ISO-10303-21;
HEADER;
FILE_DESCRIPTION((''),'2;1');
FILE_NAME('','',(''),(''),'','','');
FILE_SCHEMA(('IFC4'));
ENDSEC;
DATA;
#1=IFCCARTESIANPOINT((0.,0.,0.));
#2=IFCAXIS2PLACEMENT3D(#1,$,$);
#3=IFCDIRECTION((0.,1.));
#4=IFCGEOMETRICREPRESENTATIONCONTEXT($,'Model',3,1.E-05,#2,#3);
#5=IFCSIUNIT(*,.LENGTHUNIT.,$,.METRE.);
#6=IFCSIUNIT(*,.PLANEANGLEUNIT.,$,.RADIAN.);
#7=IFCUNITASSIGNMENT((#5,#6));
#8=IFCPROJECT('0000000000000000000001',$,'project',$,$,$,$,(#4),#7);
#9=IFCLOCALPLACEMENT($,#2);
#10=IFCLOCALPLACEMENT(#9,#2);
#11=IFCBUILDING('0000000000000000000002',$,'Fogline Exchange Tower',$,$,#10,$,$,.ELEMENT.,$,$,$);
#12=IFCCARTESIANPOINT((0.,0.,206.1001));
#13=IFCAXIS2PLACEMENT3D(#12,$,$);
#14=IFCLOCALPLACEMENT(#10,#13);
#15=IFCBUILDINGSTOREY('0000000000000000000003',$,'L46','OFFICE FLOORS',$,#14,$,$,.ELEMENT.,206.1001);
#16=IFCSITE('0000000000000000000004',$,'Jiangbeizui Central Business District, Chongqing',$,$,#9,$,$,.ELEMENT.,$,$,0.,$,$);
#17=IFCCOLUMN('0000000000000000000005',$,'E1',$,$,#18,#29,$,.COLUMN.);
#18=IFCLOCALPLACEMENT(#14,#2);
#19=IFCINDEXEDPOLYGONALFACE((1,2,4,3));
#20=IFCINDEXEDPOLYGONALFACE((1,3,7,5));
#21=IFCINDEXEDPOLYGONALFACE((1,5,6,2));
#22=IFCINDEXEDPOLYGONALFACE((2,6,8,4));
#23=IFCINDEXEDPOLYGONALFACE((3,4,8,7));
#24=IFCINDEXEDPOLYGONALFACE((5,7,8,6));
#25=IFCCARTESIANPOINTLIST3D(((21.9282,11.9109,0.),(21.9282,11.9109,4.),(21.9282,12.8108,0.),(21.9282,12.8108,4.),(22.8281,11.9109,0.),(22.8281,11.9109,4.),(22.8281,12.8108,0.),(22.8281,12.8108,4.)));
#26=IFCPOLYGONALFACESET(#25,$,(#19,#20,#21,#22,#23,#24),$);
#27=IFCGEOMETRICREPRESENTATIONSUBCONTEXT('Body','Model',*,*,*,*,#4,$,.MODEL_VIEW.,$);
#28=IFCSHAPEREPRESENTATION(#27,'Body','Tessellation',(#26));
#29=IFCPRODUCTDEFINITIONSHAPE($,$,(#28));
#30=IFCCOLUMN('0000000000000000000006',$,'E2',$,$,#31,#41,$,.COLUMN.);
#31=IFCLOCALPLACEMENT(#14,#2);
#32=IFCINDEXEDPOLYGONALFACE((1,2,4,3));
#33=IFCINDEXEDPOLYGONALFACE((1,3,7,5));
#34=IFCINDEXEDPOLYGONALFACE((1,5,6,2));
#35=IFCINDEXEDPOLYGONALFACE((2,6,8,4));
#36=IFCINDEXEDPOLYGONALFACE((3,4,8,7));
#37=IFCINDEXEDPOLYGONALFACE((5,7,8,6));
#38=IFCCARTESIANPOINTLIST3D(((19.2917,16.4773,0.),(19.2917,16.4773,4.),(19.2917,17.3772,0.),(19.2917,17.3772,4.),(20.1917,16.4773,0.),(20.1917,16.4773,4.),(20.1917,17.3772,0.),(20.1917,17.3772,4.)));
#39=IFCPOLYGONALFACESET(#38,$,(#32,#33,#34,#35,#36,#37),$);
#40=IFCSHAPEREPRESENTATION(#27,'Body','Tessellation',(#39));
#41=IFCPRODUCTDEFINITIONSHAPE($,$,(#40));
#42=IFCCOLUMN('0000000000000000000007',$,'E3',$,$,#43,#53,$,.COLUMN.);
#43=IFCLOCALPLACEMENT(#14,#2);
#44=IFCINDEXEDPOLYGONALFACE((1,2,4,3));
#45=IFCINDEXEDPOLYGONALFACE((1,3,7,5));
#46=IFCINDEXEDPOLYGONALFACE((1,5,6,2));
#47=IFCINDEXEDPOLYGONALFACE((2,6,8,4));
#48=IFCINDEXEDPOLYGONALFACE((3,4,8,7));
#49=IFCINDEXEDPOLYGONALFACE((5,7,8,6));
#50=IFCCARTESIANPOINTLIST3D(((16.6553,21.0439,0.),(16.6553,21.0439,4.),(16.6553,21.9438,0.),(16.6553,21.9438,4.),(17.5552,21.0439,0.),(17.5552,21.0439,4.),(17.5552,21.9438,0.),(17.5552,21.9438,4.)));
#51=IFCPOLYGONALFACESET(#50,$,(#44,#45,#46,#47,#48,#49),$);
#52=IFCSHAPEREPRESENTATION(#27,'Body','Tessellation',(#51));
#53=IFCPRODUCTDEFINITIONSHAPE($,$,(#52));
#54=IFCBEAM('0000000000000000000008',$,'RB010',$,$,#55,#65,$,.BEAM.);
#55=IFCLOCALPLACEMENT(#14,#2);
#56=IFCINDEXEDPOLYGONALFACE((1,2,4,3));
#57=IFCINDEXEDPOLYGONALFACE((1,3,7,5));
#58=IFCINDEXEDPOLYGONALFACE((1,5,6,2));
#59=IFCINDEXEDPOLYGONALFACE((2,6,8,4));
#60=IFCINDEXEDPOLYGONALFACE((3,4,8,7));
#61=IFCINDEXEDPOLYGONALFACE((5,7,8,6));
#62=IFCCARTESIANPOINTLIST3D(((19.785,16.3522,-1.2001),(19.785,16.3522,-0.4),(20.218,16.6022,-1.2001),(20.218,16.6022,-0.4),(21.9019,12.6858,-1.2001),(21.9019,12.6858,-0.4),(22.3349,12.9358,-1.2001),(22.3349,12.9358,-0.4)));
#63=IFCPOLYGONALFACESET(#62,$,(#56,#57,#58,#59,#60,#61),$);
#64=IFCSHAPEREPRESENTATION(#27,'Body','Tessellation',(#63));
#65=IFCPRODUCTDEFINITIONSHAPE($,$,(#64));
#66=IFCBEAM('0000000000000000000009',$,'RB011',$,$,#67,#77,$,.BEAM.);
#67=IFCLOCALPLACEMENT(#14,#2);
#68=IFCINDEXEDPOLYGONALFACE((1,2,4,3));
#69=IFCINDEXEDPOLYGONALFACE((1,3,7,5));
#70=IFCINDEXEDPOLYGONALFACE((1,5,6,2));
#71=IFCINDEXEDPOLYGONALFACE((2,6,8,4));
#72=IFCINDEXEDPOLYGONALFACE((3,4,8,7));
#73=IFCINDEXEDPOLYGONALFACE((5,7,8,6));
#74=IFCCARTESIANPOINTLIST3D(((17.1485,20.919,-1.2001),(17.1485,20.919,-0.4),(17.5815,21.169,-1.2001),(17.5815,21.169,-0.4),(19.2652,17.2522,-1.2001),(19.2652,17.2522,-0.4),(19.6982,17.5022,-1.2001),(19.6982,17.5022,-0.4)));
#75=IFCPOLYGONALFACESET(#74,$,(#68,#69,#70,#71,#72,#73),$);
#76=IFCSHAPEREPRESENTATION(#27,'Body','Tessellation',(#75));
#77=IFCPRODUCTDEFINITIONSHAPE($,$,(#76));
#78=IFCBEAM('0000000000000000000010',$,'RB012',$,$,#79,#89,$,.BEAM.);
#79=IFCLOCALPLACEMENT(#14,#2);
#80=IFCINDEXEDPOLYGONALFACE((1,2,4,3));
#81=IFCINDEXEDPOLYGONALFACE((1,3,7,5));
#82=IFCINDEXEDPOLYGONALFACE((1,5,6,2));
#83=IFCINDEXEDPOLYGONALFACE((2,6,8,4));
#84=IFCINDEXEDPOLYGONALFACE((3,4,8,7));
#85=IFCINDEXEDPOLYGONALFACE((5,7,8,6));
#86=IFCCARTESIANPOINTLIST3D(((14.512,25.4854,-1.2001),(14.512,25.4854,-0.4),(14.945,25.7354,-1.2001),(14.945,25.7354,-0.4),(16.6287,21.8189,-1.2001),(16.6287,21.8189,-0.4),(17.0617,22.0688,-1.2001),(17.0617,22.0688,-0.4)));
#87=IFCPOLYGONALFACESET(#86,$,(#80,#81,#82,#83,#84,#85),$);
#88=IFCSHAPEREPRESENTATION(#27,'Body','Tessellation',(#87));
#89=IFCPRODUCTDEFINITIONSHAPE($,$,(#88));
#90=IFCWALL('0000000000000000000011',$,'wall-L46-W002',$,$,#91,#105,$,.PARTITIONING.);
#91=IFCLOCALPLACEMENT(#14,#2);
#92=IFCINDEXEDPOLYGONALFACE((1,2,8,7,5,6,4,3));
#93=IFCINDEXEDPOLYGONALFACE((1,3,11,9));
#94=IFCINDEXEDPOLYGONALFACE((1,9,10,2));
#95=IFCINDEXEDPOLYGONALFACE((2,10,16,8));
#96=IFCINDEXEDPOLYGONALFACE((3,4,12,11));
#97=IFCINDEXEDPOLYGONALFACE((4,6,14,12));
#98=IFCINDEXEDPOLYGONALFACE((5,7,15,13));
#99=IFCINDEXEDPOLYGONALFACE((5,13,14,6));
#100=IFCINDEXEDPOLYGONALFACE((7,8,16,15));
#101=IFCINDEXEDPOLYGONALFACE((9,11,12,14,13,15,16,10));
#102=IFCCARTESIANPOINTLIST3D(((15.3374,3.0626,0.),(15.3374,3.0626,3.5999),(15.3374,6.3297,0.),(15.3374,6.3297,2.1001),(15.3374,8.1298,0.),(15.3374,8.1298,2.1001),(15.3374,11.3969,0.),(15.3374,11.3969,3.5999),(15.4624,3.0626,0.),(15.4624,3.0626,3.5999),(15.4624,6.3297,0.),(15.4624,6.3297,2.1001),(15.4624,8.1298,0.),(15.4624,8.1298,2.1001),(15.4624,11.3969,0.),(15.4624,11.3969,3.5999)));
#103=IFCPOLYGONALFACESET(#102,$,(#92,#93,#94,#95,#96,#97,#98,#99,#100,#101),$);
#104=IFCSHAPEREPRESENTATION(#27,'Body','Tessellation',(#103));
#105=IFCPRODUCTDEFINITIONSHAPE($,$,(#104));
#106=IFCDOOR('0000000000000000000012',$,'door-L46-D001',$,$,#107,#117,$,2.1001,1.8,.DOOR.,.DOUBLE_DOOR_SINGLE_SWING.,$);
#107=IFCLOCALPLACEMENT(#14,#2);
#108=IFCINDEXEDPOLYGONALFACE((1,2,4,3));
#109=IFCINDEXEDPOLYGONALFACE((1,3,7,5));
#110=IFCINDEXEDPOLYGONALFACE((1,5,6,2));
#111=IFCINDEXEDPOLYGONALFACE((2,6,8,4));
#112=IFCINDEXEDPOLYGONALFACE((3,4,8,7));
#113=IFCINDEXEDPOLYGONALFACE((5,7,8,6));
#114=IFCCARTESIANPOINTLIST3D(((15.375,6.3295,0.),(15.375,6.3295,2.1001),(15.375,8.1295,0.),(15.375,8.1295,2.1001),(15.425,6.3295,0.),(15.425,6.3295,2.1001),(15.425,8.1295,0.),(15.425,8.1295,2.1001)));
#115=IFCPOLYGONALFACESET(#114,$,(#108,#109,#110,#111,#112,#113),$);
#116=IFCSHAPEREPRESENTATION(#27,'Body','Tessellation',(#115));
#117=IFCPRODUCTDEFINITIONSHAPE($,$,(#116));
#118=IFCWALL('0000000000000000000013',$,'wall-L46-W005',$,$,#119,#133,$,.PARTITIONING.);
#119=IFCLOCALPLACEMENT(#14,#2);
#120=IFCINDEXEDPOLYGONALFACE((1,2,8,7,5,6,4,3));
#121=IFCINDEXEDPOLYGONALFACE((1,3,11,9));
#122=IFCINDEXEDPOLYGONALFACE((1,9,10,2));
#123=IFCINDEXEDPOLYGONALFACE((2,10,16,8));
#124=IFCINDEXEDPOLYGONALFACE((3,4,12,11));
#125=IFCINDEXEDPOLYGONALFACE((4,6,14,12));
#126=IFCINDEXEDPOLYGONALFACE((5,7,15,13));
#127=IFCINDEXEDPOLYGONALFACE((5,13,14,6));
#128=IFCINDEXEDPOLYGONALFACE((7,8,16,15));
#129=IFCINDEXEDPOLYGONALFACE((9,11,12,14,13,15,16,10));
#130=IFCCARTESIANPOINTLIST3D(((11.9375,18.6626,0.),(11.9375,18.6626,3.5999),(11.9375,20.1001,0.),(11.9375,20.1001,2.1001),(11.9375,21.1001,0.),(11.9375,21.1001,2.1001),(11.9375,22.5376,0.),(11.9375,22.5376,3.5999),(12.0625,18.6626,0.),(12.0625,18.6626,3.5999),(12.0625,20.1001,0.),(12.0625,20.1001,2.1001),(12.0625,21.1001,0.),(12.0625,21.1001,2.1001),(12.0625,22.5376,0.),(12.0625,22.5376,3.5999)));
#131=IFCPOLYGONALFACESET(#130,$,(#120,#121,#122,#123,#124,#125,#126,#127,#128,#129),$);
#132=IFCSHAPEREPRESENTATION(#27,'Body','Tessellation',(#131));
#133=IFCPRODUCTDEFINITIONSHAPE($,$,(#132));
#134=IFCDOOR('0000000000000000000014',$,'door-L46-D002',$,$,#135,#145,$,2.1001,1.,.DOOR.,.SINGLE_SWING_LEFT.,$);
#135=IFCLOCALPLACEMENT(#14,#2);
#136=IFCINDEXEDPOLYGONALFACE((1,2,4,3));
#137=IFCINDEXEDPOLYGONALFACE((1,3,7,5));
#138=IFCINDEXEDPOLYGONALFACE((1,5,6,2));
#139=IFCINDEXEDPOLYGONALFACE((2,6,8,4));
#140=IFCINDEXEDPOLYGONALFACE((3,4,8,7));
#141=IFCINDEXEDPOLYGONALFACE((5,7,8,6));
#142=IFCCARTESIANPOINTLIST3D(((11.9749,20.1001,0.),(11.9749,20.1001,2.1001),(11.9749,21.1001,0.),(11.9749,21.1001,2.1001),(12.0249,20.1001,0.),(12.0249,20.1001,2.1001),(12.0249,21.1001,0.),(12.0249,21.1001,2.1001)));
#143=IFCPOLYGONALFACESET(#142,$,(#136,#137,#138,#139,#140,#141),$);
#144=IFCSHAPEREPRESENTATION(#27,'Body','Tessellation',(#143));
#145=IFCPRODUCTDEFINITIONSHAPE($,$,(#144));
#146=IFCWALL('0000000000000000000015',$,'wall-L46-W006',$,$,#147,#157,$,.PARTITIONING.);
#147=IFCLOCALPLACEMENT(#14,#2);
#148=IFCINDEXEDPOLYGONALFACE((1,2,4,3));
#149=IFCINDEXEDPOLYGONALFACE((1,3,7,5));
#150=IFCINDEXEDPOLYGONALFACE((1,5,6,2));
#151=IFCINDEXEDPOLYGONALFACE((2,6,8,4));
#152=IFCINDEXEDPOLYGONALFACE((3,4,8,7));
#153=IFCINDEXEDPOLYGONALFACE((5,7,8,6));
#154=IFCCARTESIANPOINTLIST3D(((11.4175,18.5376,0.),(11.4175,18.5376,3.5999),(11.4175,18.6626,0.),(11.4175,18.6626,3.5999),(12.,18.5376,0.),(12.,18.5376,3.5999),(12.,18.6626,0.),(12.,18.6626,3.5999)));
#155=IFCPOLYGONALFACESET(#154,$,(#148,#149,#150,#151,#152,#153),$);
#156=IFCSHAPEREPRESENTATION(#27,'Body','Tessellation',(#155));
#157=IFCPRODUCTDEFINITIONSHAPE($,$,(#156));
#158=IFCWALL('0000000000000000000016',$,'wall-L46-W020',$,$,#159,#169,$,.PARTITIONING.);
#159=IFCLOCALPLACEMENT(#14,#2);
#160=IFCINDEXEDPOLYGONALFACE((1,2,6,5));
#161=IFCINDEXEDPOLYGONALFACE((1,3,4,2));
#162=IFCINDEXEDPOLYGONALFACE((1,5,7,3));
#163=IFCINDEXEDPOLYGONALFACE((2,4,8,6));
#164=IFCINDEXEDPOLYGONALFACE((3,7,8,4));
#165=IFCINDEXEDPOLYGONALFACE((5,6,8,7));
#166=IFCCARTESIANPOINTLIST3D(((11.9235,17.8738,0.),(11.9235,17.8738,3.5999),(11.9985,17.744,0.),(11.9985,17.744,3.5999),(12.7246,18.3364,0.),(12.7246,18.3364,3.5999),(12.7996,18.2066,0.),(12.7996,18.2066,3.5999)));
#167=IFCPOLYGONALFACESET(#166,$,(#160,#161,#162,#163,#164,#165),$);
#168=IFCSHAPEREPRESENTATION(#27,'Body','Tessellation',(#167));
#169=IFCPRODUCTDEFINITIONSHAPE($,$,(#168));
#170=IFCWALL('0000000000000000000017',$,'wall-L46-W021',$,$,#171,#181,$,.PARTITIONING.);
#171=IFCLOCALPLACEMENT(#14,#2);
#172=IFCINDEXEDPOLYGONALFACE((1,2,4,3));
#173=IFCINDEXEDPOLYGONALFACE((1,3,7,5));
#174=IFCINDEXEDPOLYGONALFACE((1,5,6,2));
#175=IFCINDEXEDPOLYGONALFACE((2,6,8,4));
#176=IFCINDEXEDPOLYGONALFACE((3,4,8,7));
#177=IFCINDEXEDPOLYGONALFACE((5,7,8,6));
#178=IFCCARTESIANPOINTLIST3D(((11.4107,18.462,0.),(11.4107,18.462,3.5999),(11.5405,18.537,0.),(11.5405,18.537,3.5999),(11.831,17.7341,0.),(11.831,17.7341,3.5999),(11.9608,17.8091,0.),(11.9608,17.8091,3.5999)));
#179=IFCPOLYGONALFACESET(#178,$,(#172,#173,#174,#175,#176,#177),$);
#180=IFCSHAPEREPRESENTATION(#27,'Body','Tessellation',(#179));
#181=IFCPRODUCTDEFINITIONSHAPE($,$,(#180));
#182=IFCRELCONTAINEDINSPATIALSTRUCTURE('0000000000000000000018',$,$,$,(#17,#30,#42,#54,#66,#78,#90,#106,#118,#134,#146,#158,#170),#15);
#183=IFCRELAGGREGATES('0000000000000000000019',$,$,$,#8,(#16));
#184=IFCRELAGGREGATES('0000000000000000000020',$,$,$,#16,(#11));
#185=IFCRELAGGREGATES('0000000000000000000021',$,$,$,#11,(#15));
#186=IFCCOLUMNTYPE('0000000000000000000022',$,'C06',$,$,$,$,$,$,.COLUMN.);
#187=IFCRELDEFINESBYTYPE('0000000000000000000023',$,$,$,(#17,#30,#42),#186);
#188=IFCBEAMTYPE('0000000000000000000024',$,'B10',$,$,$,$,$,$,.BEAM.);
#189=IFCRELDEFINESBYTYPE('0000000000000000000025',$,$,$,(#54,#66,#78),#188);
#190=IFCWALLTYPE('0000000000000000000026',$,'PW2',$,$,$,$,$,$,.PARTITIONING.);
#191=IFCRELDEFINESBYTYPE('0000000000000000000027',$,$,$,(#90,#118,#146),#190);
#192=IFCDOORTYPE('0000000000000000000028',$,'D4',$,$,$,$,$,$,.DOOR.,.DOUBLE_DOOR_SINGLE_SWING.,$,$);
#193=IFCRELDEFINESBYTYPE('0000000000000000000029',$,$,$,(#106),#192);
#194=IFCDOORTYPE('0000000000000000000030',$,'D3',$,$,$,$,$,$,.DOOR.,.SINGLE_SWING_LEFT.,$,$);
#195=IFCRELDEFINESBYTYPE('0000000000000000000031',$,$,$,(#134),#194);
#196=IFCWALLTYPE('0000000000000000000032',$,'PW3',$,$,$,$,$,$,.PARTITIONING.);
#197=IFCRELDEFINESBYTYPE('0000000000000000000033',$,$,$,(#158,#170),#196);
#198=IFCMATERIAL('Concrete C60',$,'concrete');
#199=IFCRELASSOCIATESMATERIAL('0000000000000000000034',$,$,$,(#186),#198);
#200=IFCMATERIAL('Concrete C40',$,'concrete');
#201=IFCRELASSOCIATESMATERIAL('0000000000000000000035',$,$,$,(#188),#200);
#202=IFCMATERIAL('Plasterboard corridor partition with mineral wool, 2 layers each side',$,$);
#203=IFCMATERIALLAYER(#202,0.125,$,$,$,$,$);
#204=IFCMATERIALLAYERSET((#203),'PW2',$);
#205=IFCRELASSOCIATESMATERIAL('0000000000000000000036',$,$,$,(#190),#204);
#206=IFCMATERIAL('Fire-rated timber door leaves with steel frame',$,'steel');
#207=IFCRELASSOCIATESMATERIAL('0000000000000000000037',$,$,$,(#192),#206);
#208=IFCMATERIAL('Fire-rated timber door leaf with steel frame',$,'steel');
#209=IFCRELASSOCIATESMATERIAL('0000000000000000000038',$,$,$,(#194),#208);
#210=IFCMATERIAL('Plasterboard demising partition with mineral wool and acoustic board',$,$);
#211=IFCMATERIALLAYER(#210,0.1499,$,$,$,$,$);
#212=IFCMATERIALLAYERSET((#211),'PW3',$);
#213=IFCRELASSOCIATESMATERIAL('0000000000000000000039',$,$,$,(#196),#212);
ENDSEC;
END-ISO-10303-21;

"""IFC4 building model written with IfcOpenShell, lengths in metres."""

from ifc_helpers import new_model, si_unit, direction, frame, frame_2d, origin, origin_2d, place, context, subcontext, project, spatial, rectangle, extrude, material, layer, layer_set, material_profile, profile_set, type_object, element, fill, save


model = new_model("IFC4")

# Units and contexts
model_context = context("Model", 3, precision=1e-05, world=origin(), true_north=direction((0.0, 1.0)))
body_context = subcontext(model_context, "Body", "Model", "MODEL_VIEW")
ifc_project = project(units=[si_unit("LENGTHUNIT", "METRE"), si_unit("PLANEANGLEUNIT", "RADIAN")], contexts=[model_context])

# Site, building, storey
site_placement = place(None, origin())
site = spatial("IfcSite", under=ifc_project, at=site_placement, Name="Jiangbeizui Central Business District, Chongqing", CompositionType="ELEMENT", RefElevation=0.0)
building_placement = place(site_placement, origin())
building = spatial("IfcBuilding", under=site, at=building_placement, Name="Fogline Exchange Tower", CompositionType="ELEMENT")
storey_placement = place(building_placement, frame((0.0, 0.0, 206.1001)))
storey = spatial("IfcBuildingStorey", under=building, at=storey_placement, Name="L46", Description="OFFICE FLOORS", CompositionType="ELEMENT", Elevation=206.1001)

# Columns
ifc_material_1 = material(Name="Concrete C60", Category="concrete")
ifc_material_profile_1 = material_profile(ifc_material_1, rectangle(XDim=0.8999, YDim=0.8999, at=origin_2d()), Name="RC 900x900")
ifc_profile_set_1 = profile_set([ifc_material_profile_1], Name="Concrete C60")
column_type = type_object("IfcColumnType", Name="C06", PredefinedType="COLUMN", material=ifc_profile_set_1)
for number, where, z_axis, x_axis, name in (
    (1, (22.3782, 12.3608, 0.0), (0.0, 0.0, 1.0), (1.0, 0.0, 0.0), "E1"),
    (2, (19.7417, 16.9272, 0.0), (0.0, 0.0, 1.0), (1.0, 0.0, 0.0), "E2"),
    (3, (17.1052, 21.4939, 0.0), (0.0, 0.0, 1.0), (1.0, 0.0, 0.0), "E3"),
):
    element("IfcColumn", number, at=place(storey_placement, frame(where, z_axis=z_axis, x_axis=x_axis)), inside=storey, type_object=column_type, Name=name, PredefinedType="COLUMN", context=body_context, shape_type="SweptSolid", body=[
        extrude(rectangle(XDim=0.8999, YDim=0.8999, at=origin_2d()), origin(), (0.0, 0.0, 1.0), 4.0),
    ])

# Beams
ifc_material_2 = material(Name="Concrete C40", Category="concrete")
ifc_material_profile_2 = material_profile(ifc_material_2, rectangle(XDim=0.5, YDim=0.8, at=origin_2d()), Name="RC 500x800")
ifc_profile_set_2 = profile_set([ifc_material_profile_2], Name="Concrete C40")
beam_type = type_object("IfcBeamType", Name="B10", PredefinedType="BEAM", material=ifc_profile_set_2)
beam_1_placement = place(storey_placement, frame((22.1184, 12.8108, -0.8), z_axis=(-0.500015, 0.866017, 0.0), x_axis=(-0.866017, -0.500015, 0.0)))
element("IfcBeam", 4, at=beam_1_placement, inside=storey, type_object=beam_type, Name="RB010", PredefinedType="BEAM", context=body_context, shape_type="SweptSolid", body=[
    extrude(rectangle(XDim=0.5, YDim=0.8, at=origin_2d()), origin(), (0.0, 0.0, 1.0), 4.2336),
])
beam_2_placement = place(storey_placement, frame((19.4817, 17.3772, -0.8), z_axis=(-0.499947, 0.866056, 0.0), x_axis=(-0.866056, -0.499947, 0.0)))
element("IfcBeam", 5, at=beam_2_placement, inside=storey, type_object=beam_type, Name="RB011", PredefinedType="BEAM", context=body_context, shape_type="SweptSolid", body=[
    extrude(rectangle(XDim=0.5, YDim=0.8, at=origin_2d()), origin(), (0.0, 0.0, 1.0), 4.2339),
])
beam_3_placement = place(storey_placement, frame((16.8452, 21.9438, -0.8), z_axis=(-0.499972, 0.866042, 0.0), x_axis=(-0.866042, -0.499972, 0.0)))
element("IfcBeam", 6, at=beam_3_placement, inside=storey, type_object=beam_type, Name="RB012", PredefinedType="BEAM", context=body_context, shape_type="SweptSolid", body=[
    extrude(rectangle(XDim=0.5, YDim=0.8, at=origin_2d()), origin(), (0.0, 0.0, 1.0), 4.2336),
])

# Walls, openings, doors
ifc_material_3 = material(Name="Plasterboard corridor partition with mineral wool, 2 layers each side")
ifc_layer_1 = layer(ifc_material_3, 0.125)
ifc_layer_set_1 = layer_set([ifc_layer_1], Name="PW2")
wall_type_1 = type_object("IfcWallType", Name="PW2", PredefinedType="PARTITIONING", material=ifc_layer_set_1)
wall_1_placement = place(storey_placement, frame((15.3999, 11.3967, 0.0), z_axis=(0.0, 0.0, 1.0), x_axis=(0.0, -1.0, 0.0)))
wall_1 = element("IfcWall", 7, at=wall_1_placement, inside=storey, type_object=wall_type_1, Name="wall-L46-W002", PredefinedType="PARTITIONING", context=body_context, shape_type="SweptSolid", body=[
    extrude(rectangle(XDim=8.3342, YDim=0.125, at=frame_2d((4.167, 0.0))), origin(), (0.0, 0.0, 1.0), 3.5999),
])
opening_1_placement = place(wall_1_placement, frame((3.2671, 0.0, 0.0)))
opening_1 = element("IfcOpeningElement", 8, at=opening_1_placement, cuts=wall_1, PredefinedType="OPENING", context=body_context, shape_type="SweptSolid", body=[
    extrude(rectangle(XDim=1.8, YDim=2.1001, at=frame_2d((0.8999, 1.05))), frame((0.0, 0.0725, 0.0), z_axis=(0.0, -1.0, 0.0), x_axis=(1.0, 0.0, 0.0)), (0.0, 0.0, 1.0), 0.145),
])
ifc_material_4 = material(Name="Fire-rated timber door leaves with steel frame", Category="steel")
door_type_1 = type_object("IfcDoorType", Name="D4", OperationType="DOUBLE_DOOR_SINGLE_SWING", PredefinedType="DOOR", material=ifc_material_4)
door_1_placement = place(opening_1_placement, frame((1.8, 0.0, 0.0), z_axis=(0.0, 0.0, 1.0), x_axis=(-1.0, 0.0, 0.0)))
door_1 = element("IfcDoor", 9, at=door_1_placement, inside=storey, type_object=door_type_1, Name="door-L46-D001", OperationType="DOUBLE_DOOR_SINGLE_SWING", OverallHeight=2.1001, OverallWidth=1.8, PredefinedType="DOOR", context=body_context, shape_type="SweptSolid", body=[
    extrude(rectangle(XDim=1.8, YDim=2.1001, at=frame_2d((0.8999, 1.05))), frame((0.0, 0.0249, 0.0), z_axis=(0.0, -1.0, 0.0), x_axis=(1.0, 0.0, 0.0)), (0.0, 0.0, 1.0), 0.05),
])
fill(opening_1, door_1)
wall_2_placement = place(storey_placement, frame((12.0, 22.5376, 0.0), z_axis=(0.0, 0.0, 1.0), x_axis=(0.0, -1.0, 0.0)))
wall_2 = element("IfcWall", 10, at=wall_2_placement, inside=storey, type_object=wall_type_1, Name="wall-L46-W005", PredefinedType="PARTITIONING", context=body_context, shape_type="SweptSolid", body=[
    extrude(rectangle(XDim=3.875, YDim=0.125, at=frame_2d((1.9375, 0.0))), origin(), (0.0, 0.0, 1.0), 3.5999),
])
opening_2_placement = place(wall_2_placement, frame((1.4375, 0.0, 0.0)))
opening_2 = element("IfcOpeningElement", 11, at=opening_2_placement, cuts=wall_2, PredefinedType="OPENING", context=body_context, shape_type="SweptSolid", body=[
    extrude(rectangle(XDim=1.0, YDim=2.1001, at=frame_2d((0.5, 1.05))), frame((0.0, 0.0725, 0.0), z_axis=(0.0, -1.0, 0.0), x_axis=(1.0, 0.0, 0.0)), (0.0, 0.0, 1.0), 0.145),
])
ifc_material_5 = material(Name="Fire-rated timber door leaf with steel frame", Category="steel")
door_type_2 = type_object("IfcDoorType", Name="D3", OperationType="SINGLE_SWING_LEFT", PredefinedType="DOOR", material=ifc_material_5)
door_2_placement = place(opening_2_placement, origin())
door_2 = element("IfcDoor", 12, at=door_2_placement, inside=storey, type_object=door_type_2, Name="door-L46-D002", OperationType="SINGLE_SWING_LEFT", OverallHeight=2.1001, OverallWidth=1.0, PredefinedType="DOOR", context=body_context, shape_type="SweptSolid", body=[
    extrude(rectangle(XDim=1.0, YDim=2.1001, at=frame_2d((0.5, 1.05))), frame((0.0, 0.0249, 0.0), z_axis=(0.0, -1.0, 0.0), x_axis=(1.0, 0.0, 0.0)), (0.0, 0.0, 1.0), 0.05),
])
fill(opening_2, door_2)

# Walls
wall_3_placement = place(storey_placement, frame((12.0, 18.6001, 0.0), z_axis=(0.0, 0.0, 1.0), x_axis=(-1.0, 0.0, 0.0)))
element("IfcWall", 13, at=wall_3_placement, inside=storey, type_object=wall_type_1, Name="wall-L46-W006", PredefinedType="PARTITIONING", context=body_context, shape_type="SweptSolid", body=[
    extrude(rectangle(XDim=0.5825, YDim=0.125, at=frame_2d((0.2913, 0.0))), origin(), (0.0, 0.0, 1.0), 3.5999),
])
ifc_material_6 = material(Name="Plasterboard demising partition with mineral wool and acoustic board")
ifc_layer_2 = layer(ifc_material_6, 0.1499)
ifc_layer_set_2 = layer_set([ifc_layer_2], Name="PW3")
wall_type_2 = type_object("IfcWallType", Name="PW3", PredefinedType="PARTITIONING", material=ifc_layer_set_2)
wall_4_placement = place(storey_placement, frame((12.762, 18.2715, 0.0), z_axis=(0.0, 0.0, 1.0), x_axis=(-0.865944, -0.500141, 0.0)))
element("IfcWall", 14, at=wall_4_placement, inside=storey, type_object=wall_type_2, Name="wall-L46-W020", PredefinedType="PARTITIONING", context=body_context, shape_type="SweptSolid", body=[
    extrude(rectangle(XDim=0.925, YDim=0.1499, at=frame_2d((0.4624, 0.0))), origin(), (0.0, 0.0, 1.0), 3.5999),
])
wall_5_placement = place(storey_placement, frame((11.896, 17.7715, 0.0), z_axis=(0.0, 0.0, 1.0), x_axis=(-0.500074, 0.865982, 0.0)))
element("IfcWall", 15, at=wall_5_placement, inside=storey, type_object=wall_type_2, Name="wall-L46-W021", PredefinedType="PARTITIONING", context=body_context, shape_type="SweptSolid", body=[
    extrude(rectangle(XDim=0.8406, YDim=0.1499, at=frame_2d((0.4204, 0.0))), origin(), (0.0, 0.0, 1.0), 3.5999),
])

save(model, "model.ifc")
